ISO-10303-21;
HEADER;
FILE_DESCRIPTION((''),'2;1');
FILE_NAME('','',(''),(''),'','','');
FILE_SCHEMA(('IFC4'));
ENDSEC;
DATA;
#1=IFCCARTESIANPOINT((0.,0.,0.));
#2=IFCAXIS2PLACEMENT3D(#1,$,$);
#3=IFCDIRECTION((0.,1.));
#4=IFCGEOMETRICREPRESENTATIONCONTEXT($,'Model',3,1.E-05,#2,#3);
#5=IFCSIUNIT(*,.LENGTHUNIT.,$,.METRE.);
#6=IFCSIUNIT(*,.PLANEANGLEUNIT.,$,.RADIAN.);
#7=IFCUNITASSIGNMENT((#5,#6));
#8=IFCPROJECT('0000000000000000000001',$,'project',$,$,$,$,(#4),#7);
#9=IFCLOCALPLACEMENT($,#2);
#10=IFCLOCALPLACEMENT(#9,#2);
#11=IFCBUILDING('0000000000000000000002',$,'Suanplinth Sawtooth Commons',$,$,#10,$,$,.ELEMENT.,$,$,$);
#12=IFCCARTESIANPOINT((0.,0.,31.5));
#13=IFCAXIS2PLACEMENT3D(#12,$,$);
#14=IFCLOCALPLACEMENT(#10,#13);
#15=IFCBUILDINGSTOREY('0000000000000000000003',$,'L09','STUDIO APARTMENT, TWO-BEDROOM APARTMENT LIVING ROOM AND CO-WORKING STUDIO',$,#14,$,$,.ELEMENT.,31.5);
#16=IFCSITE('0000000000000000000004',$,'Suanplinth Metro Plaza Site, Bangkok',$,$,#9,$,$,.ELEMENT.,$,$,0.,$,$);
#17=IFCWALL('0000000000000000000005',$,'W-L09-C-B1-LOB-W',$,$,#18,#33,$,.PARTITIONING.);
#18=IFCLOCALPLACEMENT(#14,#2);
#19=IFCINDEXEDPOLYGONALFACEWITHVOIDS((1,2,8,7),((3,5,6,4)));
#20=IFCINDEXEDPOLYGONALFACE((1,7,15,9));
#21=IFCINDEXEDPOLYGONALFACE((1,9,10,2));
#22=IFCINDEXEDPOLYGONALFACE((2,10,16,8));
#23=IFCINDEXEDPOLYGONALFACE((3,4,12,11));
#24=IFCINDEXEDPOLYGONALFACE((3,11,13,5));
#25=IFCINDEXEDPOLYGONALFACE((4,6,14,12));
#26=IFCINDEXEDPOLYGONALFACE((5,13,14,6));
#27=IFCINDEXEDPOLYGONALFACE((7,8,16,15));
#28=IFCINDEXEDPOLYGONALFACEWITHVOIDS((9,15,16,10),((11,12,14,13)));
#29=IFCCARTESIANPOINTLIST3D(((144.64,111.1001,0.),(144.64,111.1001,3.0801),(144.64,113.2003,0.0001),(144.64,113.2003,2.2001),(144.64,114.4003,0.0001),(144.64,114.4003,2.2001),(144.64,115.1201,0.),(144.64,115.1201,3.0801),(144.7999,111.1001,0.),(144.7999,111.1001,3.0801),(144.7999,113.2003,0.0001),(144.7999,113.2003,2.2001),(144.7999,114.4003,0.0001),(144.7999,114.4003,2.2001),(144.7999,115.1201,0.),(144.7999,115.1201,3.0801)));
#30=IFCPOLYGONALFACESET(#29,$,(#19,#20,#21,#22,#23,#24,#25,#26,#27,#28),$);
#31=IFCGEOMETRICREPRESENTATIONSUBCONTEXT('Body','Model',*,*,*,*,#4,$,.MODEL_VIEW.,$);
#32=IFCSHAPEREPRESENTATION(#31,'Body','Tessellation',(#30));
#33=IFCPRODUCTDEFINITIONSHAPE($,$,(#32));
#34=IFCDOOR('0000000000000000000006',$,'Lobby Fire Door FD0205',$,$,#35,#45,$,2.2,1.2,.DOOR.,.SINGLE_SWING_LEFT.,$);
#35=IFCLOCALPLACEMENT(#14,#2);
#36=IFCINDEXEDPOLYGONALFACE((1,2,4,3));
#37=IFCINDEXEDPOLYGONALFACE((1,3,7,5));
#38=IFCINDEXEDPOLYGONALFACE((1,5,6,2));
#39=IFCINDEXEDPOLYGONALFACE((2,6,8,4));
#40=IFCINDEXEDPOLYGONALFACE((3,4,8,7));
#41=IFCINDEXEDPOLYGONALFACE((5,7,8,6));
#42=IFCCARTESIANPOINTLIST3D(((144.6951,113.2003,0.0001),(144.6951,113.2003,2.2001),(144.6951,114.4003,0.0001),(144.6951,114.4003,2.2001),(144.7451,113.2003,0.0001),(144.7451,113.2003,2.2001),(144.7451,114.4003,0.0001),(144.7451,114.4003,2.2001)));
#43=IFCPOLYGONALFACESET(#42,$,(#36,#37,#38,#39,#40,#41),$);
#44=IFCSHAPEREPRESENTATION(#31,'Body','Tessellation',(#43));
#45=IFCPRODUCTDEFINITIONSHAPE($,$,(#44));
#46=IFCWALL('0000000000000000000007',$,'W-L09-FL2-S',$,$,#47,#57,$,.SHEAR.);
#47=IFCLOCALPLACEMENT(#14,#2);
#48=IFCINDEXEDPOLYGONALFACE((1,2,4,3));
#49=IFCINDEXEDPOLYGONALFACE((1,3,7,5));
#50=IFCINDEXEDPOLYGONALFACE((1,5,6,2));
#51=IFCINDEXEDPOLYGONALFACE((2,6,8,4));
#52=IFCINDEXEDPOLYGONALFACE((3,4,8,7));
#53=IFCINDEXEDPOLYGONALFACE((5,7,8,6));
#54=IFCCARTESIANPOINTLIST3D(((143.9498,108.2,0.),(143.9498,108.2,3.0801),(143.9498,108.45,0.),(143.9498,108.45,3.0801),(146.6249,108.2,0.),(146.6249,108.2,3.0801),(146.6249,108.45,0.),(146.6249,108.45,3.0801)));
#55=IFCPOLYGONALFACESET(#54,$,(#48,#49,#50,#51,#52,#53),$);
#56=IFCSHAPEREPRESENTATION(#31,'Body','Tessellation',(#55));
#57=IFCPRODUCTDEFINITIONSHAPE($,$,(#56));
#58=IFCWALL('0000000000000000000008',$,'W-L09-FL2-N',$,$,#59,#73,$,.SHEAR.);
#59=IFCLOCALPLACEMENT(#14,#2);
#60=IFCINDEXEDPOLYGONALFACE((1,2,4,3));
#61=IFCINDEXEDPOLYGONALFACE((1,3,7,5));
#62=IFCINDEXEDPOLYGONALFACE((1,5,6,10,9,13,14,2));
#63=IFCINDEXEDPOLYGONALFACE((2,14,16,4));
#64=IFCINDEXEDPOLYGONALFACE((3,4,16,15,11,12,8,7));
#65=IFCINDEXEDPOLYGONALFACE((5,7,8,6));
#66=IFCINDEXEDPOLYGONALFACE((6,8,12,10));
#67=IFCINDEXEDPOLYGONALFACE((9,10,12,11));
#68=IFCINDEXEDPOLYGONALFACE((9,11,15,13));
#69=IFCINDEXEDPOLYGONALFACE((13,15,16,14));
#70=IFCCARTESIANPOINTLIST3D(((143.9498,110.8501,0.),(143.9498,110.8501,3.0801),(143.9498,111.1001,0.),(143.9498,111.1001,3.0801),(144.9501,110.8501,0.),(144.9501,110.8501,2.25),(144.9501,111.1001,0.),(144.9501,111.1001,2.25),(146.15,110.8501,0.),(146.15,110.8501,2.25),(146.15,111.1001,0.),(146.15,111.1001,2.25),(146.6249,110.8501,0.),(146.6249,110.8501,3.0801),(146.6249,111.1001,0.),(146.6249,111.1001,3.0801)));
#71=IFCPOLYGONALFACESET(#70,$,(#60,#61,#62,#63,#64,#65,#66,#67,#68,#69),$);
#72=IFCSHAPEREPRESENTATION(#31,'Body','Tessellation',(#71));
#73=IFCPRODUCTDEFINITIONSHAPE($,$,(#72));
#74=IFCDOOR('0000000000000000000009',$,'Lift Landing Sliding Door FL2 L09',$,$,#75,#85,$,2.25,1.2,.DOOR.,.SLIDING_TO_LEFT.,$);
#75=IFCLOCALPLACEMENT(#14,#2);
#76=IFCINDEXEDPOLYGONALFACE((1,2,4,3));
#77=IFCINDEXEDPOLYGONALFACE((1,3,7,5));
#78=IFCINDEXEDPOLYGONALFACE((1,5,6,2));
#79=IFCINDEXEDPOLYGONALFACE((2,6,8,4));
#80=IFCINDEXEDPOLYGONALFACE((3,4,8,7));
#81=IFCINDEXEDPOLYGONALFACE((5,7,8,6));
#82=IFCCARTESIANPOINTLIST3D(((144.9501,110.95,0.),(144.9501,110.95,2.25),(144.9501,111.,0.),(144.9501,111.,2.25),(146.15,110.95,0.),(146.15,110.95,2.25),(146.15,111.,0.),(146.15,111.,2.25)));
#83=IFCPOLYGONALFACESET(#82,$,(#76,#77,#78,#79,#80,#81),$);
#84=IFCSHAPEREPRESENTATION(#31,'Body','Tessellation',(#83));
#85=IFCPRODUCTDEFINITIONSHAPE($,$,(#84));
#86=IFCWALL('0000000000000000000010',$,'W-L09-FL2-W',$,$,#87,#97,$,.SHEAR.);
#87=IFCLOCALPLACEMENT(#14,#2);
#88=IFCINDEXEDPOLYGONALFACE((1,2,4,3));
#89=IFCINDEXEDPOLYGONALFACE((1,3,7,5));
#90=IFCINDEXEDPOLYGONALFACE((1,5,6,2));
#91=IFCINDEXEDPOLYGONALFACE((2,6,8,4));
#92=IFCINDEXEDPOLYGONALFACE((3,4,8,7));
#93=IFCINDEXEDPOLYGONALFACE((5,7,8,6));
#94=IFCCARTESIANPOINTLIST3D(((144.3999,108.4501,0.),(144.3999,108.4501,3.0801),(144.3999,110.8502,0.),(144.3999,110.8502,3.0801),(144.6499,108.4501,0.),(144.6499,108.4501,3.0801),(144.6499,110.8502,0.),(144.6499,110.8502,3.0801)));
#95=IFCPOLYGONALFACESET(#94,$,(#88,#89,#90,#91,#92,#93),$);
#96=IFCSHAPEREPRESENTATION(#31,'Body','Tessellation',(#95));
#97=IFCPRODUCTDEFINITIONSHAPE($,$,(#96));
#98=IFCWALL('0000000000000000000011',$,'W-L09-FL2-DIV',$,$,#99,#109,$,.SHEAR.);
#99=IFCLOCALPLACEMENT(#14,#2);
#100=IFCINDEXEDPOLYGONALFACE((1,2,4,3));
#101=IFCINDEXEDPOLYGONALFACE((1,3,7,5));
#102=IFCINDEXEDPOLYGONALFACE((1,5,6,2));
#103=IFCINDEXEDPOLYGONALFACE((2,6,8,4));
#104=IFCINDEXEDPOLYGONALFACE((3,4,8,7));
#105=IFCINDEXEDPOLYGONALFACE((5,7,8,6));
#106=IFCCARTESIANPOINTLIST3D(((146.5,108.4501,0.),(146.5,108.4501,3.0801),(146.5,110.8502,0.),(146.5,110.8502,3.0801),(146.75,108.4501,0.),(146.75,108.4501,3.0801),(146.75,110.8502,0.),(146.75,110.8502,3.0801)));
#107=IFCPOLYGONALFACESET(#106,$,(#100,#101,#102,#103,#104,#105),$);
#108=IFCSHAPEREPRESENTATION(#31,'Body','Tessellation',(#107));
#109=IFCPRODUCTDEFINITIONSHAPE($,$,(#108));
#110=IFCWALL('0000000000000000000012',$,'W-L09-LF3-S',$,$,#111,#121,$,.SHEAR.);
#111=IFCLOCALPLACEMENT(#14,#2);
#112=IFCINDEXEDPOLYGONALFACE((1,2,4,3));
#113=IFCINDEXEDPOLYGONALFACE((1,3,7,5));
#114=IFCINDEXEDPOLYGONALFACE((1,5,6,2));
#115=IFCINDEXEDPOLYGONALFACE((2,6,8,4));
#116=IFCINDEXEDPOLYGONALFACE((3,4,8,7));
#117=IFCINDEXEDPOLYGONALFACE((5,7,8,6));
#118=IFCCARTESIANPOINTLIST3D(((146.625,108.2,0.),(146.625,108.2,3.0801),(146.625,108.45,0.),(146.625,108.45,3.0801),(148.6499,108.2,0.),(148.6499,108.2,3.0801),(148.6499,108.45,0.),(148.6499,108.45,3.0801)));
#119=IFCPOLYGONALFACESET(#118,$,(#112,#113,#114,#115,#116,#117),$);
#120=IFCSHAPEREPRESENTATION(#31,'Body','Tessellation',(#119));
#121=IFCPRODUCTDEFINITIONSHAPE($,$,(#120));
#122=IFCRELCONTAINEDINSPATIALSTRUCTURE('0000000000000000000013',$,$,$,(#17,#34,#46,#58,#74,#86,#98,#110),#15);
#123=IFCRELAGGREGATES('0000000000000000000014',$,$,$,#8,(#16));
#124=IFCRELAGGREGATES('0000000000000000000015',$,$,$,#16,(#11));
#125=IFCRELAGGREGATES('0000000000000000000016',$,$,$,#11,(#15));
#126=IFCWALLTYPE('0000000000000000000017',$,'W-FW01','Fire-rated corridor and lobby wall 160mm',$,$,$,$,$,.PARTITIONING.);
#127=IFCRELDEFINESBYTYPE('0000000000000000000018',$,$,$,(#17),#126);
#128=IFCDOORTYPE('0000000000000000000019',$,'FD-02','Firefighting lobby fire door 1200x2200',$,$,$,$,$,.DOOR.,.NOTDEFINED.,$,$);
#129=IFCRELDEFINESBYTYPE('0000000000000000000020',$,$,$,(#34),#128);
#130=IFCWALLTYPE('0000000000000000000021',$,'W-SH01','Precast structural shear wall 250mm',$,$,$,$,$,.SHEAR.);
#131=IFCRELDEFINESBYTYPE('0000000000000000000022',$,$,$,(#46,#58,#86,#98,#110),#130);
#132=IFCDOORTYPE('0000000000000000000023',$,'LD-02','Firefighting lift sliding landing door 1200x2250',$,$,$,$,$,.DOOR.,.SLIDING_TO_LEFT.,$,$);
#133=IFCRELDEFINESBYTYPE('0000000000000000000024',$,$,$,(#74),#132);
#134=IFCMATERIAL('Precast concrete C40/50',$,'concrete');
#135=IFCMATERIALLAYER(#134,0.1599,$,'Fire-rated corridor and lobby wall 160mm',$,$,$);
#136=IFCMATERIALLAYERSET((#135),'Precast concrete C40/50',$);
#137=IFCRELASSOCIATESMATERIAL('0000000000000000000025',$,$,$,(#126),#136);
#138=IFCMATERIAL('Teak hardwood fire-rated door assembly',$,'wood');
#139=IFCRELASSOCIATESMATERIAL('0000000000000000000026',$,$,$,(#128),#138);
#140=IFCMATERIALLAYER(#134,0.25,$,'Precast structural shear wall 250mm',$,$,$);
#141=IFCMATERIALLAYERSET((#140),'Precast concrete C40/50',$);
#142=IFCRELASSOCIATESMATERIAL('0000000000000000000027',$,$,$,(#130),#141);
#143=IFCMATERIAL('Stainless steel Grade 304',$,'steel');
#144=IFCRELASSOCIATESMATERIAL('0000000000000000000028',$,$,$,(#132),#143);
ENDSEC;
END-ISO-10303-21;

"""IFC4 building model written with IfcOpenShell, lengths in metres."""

from ifc_helpers import new_model, si_unit, direction, frame, frame_2d, origin, place, context, subcontext, project, spatial, rectangle, extrude, material, layer, layer_set, type_object, element, fill, save


model = new_model("IFC4")

# Units and contexts
model_context = context("Model", 3, precision=1e-05, world=origin(), true_north=direction((0.0, 1.0)))
body_context = subcontext(model_context, "Body", "Model", "MODEL_VIEW")
ifc_project = project(units=[si_unit("LENGTHUNIT", "METRE"), si_unit("PLANEANGLEUNIT", "RADIAN")], contexts=[model_context])

# Site, building, storey
site_placement = place(None, origin())
site = spatial("IfcSite", under=ifc_project, at=site_placement, Name="Suanplinth Metro Plaza Site, Bangkok", CompositionType="ELEMENT", RefElevation=0.0)
building_placement = place(site_placement, origin())
building = spatial("IfcBuilding", under=site, at=building_placement, Name="Suanplinth Sawtooth Commons", CompositionType="ELEMENT")
storey_placement = place(building_placement, frame((0.0, 0.0, 31.5)))
storey = spatial("IfcBuildingStorey", under=building, at=storey_placement, Name="L09", Description="STUDIO APARTMENT, TWO-BEDROOM APARTMENT LIVING ROOM AND CO-WORKING STUDIO", CompositionType="ELEMENT", Elevation=31.5)

# Shared definitions
ifc_material_1 = material(Name="Precast concrete C40/50", Category="concrete")

# Wall, opening, door
ifc_layer_1 = layer(ifc_material_1, 0.1599, Name="Fire-rated corridor and lobby wall 160mm")
ifc_layer_set_1 = layer_set([ifc_layer_1], Name="Precast concrete C40/50")
wall_type_1 = type_object("IfcWallType", Name="W-FW01", Description="Fire-rated corridor and lobby wall 160mm", PredefinedType="PARTITIONING", material=ifc_layer_set_1)
wall_1_placement = place(storey_placement, frame((144.72, 111.1001, 0.0), z_axis=(0.0, 0.0, 1.0), x_axis=(0.0, 1.0, 0.0)))
wall_1 = element("IfcWall", 1, at=wall_1_placement, inside=storey, type_object=wall_type_1, Name="W-L09-C-B1-LOB-W", PredefinedType="PARTITIONING", context=body_context, shape_type="SweptSolid", body=[
    extrude(rectangle(XDim=4.02, YDim=0.1599, at=frame_2d((2.01, 0.0))), origin(), (0.0, 0.0, 1.0), 3.0801),
])
opening_1_placement = place(wall_1_placement, frame((2.1001, 0.0, 0.0)))
opening_1 = element("IfcOpeningElement", 2, at=opening_1_placement, cuts=wall_1, PredefinedType="OPENING", context=body_context, shape_type="SweptSolid", body=[
    extrude(rectangle(XDim=1.2, YDim=2.2, at=frame_2d((0.6001, 1.1001))), frame((0.0, 0.0947, 0.0), z_axis=(0.0, -1.0, 0.0), x_axis=(1.0, 0.0, 0.0)), (0.0, 0.0, 1.0), 0.1897),
])
ifc_material_2 = material(Name="Teak hardwood fire-rated door assembly", Category="wood")
door_type_1 = type_object("IfcDoorType", Name="FD-02", Description="Firefighting lobby fire door 1200x2200", OperationType="NOTDEFINED", PredefinedType="DOOR", material=ifc_material_2)
door_1_placement = place(opening_1_placement, origin())
door_1 = element("IfcDoor", 3, at=door_1_placement, inside=storey, type_object=door_type_1, Name="Lobby Fire Door FD0205", OperationType="SINGLE_SWING_LEFT", OverallHeight=2.2, OverallWidth=1.2, PredefinedType="DOOR", context=body_context, shape_type="SweptSolid", body=[
    extrude(rectangle(XDim=1.2, YDim=2.2, at=frame_2d((0.6001, 1.1001))), frame((0.0, 0.0249, 0.0), z_axis=(0.0, -1.0, 0.0), x_axis=(1.0, 0.0, 0.0)), (0.0, 0.0, 1.0), 0.05),
])
fill(opening_1, door_1)

# Wall
ifc_layer_2 = layer(ifc_material_1, 0.25, Name="Precast structural shear wall 250mm")
ifc_layer_set_2 = layer_set([ifc_layer_2], Name="Precast concrete C40/50")
wall_type_2 = type_object("IfcWallType", Name="W-SH01", Description="Precast structural shear wall 250mm", PredefinedType="SHEAR", material=ifc_layer_set_2)
wall_2_placement = place(storey_placement, frame((143.95, 108.325, 0.0), z_axis=(0.0, 0.0, 1.0), x_axis=(1.0, 0.0, 0.0)))
element("IfcWall", 4, at=wall_2_placement, inside=storey, type_object=wall_type_2, Name="W-L09-FL2-S", PredefinedType="SHEAR", context=body_context, shape_type="SweptSolid", body=[
    extrude(rectangle(XDim=2.675, YDim=0.25, at=frame_2d((1.3374, 0.0))), origin(), (0.0, 0.0, 1.0), 3.0801),
])

# Wall, opening, door
wall_3_placement = place(storey_placement, frame((143.95, 110.9751, 0.0), z_axis=(0.0, 0.0, 1.0), x_axis=(1.0, 0.0, 0.0)))
wall_3 = element("IfcWall", 5, at=wall_3_placement, inside=storey, type_object=wall_type_2, Name="W-L09-FL2-N", PredefinedType="SHEAR", context=body_context, shape_type="SweptSolid", body=[
    extrude(rectangle(XDim=2.675, YDim=0.25, at=frame_2d((1.3374, 0.0))), origin(), (0.0, 0.0, 1.0), 3.0801),
])
opening_2_placement = place(wall_3_placement, frame((1.0, 0.0, 0.0)))
opening_2 = element("IfcOpeningElement", 6, at=opening_2_placement, cuts=wall_3, PredefinedType="OPENING", context=body_context, shape_type="SweptSolid", body=[
    extrude(rectangle(XDim=1.2, YDim=2.25, at=frame_2d((0.6001, 1.125))), frame((0.0, 0.1399, 0.0), z_axis=(0.0, -1.0, 0.0), x_axis=(1.0, 0.0, 0.0)), (0.0, 0.0, 1.0), 0.2798),
])
ifc_material_3 = material(Name="Stainless steel Grade 304", Category="steel")
door_type_2 = type_object("IfcDoorType", Name="LD-02", Description="Firefighting lift sliding landing door 1200x2250", OperationType="SLIDING_TO_LEFT", PredefinedType="DOOR", material=ifc_material_3)
door_2_placement = place(opening_2_placement, origin())
door_2 = element("IfcDoor", 7, at=door_2_placement, inside=storey, type_object=door_type_2, Name="Lift Landing Sliding Door FL2 L09", OperationType="SLIDING_TO_LEFT", OverallHeight=2.25, OverallWidth=1.2, PredefinedType="DOOR", context=body_context, shape_type="SweptSolid", body=[
    extrude(rectangle(XDim=1.2, YDim=2.25, at=frame_2d((0.6001, 1.125))), frame((0.0, 0.0249, 0.0), z_axis=(0.0, -1.0, 0.0), x_axis=(1.0, 0.0, 0.0)), (0.0, 0.0, 1.0), 0.05),
])
fill(opening_2, door_2)

# Walls
for number, where, z_axis, x_axis, name in (
    (8, (144.5249, 108.45, 0.0), (0.0, 0.0, 1.0), (0.0, 1.0, 0.0), "W-L09-FL2-W"),
    (9, (146.625, 108.45, 0.0), (0.0, 0.0, 1.0), (0.0, 1.0, 0.0), "W-L09-FL2-DIV"),
):
    element("IfcWall", number, at=place(storey_placement, frame(where, z_axis=z_axis, x_axis=x_axis)), inside=storey, type_object=wall_type_2, Name=name, PredefinedType="SHEAR", context=body_context, shape_type="SweptSolid", body=[
        extrude(rectangle(XDim=2.4001, YDim=0.25, at=frame_2d((1.2002, 0.0))), origin(), (0.0, 0.0, 1.0), 3.0801),
    ])
wall_4_placement = place(storey_placement, frame((146.625, 108.325, 0.0), z_axis=(0.0, 0.0, 1.0), x_axis=(1.0, 0.0, 0.0)))
element("IfcWall", 10, at=wall_4_placement, inside=storey, type_object=wall_type_2, Name="W-L09-LF3-S", PredefinedType="SHEAR", context=body_context, shape_type="SweptSolid", body=[
    extrude(rectangle(XDim=2.0249, YDim=0.25, at=frame_2d((1.0125, 0.0))), origin(), (0.0, 0.0, 1.0), 3.0801),
])

save(model, "model.ifc")
